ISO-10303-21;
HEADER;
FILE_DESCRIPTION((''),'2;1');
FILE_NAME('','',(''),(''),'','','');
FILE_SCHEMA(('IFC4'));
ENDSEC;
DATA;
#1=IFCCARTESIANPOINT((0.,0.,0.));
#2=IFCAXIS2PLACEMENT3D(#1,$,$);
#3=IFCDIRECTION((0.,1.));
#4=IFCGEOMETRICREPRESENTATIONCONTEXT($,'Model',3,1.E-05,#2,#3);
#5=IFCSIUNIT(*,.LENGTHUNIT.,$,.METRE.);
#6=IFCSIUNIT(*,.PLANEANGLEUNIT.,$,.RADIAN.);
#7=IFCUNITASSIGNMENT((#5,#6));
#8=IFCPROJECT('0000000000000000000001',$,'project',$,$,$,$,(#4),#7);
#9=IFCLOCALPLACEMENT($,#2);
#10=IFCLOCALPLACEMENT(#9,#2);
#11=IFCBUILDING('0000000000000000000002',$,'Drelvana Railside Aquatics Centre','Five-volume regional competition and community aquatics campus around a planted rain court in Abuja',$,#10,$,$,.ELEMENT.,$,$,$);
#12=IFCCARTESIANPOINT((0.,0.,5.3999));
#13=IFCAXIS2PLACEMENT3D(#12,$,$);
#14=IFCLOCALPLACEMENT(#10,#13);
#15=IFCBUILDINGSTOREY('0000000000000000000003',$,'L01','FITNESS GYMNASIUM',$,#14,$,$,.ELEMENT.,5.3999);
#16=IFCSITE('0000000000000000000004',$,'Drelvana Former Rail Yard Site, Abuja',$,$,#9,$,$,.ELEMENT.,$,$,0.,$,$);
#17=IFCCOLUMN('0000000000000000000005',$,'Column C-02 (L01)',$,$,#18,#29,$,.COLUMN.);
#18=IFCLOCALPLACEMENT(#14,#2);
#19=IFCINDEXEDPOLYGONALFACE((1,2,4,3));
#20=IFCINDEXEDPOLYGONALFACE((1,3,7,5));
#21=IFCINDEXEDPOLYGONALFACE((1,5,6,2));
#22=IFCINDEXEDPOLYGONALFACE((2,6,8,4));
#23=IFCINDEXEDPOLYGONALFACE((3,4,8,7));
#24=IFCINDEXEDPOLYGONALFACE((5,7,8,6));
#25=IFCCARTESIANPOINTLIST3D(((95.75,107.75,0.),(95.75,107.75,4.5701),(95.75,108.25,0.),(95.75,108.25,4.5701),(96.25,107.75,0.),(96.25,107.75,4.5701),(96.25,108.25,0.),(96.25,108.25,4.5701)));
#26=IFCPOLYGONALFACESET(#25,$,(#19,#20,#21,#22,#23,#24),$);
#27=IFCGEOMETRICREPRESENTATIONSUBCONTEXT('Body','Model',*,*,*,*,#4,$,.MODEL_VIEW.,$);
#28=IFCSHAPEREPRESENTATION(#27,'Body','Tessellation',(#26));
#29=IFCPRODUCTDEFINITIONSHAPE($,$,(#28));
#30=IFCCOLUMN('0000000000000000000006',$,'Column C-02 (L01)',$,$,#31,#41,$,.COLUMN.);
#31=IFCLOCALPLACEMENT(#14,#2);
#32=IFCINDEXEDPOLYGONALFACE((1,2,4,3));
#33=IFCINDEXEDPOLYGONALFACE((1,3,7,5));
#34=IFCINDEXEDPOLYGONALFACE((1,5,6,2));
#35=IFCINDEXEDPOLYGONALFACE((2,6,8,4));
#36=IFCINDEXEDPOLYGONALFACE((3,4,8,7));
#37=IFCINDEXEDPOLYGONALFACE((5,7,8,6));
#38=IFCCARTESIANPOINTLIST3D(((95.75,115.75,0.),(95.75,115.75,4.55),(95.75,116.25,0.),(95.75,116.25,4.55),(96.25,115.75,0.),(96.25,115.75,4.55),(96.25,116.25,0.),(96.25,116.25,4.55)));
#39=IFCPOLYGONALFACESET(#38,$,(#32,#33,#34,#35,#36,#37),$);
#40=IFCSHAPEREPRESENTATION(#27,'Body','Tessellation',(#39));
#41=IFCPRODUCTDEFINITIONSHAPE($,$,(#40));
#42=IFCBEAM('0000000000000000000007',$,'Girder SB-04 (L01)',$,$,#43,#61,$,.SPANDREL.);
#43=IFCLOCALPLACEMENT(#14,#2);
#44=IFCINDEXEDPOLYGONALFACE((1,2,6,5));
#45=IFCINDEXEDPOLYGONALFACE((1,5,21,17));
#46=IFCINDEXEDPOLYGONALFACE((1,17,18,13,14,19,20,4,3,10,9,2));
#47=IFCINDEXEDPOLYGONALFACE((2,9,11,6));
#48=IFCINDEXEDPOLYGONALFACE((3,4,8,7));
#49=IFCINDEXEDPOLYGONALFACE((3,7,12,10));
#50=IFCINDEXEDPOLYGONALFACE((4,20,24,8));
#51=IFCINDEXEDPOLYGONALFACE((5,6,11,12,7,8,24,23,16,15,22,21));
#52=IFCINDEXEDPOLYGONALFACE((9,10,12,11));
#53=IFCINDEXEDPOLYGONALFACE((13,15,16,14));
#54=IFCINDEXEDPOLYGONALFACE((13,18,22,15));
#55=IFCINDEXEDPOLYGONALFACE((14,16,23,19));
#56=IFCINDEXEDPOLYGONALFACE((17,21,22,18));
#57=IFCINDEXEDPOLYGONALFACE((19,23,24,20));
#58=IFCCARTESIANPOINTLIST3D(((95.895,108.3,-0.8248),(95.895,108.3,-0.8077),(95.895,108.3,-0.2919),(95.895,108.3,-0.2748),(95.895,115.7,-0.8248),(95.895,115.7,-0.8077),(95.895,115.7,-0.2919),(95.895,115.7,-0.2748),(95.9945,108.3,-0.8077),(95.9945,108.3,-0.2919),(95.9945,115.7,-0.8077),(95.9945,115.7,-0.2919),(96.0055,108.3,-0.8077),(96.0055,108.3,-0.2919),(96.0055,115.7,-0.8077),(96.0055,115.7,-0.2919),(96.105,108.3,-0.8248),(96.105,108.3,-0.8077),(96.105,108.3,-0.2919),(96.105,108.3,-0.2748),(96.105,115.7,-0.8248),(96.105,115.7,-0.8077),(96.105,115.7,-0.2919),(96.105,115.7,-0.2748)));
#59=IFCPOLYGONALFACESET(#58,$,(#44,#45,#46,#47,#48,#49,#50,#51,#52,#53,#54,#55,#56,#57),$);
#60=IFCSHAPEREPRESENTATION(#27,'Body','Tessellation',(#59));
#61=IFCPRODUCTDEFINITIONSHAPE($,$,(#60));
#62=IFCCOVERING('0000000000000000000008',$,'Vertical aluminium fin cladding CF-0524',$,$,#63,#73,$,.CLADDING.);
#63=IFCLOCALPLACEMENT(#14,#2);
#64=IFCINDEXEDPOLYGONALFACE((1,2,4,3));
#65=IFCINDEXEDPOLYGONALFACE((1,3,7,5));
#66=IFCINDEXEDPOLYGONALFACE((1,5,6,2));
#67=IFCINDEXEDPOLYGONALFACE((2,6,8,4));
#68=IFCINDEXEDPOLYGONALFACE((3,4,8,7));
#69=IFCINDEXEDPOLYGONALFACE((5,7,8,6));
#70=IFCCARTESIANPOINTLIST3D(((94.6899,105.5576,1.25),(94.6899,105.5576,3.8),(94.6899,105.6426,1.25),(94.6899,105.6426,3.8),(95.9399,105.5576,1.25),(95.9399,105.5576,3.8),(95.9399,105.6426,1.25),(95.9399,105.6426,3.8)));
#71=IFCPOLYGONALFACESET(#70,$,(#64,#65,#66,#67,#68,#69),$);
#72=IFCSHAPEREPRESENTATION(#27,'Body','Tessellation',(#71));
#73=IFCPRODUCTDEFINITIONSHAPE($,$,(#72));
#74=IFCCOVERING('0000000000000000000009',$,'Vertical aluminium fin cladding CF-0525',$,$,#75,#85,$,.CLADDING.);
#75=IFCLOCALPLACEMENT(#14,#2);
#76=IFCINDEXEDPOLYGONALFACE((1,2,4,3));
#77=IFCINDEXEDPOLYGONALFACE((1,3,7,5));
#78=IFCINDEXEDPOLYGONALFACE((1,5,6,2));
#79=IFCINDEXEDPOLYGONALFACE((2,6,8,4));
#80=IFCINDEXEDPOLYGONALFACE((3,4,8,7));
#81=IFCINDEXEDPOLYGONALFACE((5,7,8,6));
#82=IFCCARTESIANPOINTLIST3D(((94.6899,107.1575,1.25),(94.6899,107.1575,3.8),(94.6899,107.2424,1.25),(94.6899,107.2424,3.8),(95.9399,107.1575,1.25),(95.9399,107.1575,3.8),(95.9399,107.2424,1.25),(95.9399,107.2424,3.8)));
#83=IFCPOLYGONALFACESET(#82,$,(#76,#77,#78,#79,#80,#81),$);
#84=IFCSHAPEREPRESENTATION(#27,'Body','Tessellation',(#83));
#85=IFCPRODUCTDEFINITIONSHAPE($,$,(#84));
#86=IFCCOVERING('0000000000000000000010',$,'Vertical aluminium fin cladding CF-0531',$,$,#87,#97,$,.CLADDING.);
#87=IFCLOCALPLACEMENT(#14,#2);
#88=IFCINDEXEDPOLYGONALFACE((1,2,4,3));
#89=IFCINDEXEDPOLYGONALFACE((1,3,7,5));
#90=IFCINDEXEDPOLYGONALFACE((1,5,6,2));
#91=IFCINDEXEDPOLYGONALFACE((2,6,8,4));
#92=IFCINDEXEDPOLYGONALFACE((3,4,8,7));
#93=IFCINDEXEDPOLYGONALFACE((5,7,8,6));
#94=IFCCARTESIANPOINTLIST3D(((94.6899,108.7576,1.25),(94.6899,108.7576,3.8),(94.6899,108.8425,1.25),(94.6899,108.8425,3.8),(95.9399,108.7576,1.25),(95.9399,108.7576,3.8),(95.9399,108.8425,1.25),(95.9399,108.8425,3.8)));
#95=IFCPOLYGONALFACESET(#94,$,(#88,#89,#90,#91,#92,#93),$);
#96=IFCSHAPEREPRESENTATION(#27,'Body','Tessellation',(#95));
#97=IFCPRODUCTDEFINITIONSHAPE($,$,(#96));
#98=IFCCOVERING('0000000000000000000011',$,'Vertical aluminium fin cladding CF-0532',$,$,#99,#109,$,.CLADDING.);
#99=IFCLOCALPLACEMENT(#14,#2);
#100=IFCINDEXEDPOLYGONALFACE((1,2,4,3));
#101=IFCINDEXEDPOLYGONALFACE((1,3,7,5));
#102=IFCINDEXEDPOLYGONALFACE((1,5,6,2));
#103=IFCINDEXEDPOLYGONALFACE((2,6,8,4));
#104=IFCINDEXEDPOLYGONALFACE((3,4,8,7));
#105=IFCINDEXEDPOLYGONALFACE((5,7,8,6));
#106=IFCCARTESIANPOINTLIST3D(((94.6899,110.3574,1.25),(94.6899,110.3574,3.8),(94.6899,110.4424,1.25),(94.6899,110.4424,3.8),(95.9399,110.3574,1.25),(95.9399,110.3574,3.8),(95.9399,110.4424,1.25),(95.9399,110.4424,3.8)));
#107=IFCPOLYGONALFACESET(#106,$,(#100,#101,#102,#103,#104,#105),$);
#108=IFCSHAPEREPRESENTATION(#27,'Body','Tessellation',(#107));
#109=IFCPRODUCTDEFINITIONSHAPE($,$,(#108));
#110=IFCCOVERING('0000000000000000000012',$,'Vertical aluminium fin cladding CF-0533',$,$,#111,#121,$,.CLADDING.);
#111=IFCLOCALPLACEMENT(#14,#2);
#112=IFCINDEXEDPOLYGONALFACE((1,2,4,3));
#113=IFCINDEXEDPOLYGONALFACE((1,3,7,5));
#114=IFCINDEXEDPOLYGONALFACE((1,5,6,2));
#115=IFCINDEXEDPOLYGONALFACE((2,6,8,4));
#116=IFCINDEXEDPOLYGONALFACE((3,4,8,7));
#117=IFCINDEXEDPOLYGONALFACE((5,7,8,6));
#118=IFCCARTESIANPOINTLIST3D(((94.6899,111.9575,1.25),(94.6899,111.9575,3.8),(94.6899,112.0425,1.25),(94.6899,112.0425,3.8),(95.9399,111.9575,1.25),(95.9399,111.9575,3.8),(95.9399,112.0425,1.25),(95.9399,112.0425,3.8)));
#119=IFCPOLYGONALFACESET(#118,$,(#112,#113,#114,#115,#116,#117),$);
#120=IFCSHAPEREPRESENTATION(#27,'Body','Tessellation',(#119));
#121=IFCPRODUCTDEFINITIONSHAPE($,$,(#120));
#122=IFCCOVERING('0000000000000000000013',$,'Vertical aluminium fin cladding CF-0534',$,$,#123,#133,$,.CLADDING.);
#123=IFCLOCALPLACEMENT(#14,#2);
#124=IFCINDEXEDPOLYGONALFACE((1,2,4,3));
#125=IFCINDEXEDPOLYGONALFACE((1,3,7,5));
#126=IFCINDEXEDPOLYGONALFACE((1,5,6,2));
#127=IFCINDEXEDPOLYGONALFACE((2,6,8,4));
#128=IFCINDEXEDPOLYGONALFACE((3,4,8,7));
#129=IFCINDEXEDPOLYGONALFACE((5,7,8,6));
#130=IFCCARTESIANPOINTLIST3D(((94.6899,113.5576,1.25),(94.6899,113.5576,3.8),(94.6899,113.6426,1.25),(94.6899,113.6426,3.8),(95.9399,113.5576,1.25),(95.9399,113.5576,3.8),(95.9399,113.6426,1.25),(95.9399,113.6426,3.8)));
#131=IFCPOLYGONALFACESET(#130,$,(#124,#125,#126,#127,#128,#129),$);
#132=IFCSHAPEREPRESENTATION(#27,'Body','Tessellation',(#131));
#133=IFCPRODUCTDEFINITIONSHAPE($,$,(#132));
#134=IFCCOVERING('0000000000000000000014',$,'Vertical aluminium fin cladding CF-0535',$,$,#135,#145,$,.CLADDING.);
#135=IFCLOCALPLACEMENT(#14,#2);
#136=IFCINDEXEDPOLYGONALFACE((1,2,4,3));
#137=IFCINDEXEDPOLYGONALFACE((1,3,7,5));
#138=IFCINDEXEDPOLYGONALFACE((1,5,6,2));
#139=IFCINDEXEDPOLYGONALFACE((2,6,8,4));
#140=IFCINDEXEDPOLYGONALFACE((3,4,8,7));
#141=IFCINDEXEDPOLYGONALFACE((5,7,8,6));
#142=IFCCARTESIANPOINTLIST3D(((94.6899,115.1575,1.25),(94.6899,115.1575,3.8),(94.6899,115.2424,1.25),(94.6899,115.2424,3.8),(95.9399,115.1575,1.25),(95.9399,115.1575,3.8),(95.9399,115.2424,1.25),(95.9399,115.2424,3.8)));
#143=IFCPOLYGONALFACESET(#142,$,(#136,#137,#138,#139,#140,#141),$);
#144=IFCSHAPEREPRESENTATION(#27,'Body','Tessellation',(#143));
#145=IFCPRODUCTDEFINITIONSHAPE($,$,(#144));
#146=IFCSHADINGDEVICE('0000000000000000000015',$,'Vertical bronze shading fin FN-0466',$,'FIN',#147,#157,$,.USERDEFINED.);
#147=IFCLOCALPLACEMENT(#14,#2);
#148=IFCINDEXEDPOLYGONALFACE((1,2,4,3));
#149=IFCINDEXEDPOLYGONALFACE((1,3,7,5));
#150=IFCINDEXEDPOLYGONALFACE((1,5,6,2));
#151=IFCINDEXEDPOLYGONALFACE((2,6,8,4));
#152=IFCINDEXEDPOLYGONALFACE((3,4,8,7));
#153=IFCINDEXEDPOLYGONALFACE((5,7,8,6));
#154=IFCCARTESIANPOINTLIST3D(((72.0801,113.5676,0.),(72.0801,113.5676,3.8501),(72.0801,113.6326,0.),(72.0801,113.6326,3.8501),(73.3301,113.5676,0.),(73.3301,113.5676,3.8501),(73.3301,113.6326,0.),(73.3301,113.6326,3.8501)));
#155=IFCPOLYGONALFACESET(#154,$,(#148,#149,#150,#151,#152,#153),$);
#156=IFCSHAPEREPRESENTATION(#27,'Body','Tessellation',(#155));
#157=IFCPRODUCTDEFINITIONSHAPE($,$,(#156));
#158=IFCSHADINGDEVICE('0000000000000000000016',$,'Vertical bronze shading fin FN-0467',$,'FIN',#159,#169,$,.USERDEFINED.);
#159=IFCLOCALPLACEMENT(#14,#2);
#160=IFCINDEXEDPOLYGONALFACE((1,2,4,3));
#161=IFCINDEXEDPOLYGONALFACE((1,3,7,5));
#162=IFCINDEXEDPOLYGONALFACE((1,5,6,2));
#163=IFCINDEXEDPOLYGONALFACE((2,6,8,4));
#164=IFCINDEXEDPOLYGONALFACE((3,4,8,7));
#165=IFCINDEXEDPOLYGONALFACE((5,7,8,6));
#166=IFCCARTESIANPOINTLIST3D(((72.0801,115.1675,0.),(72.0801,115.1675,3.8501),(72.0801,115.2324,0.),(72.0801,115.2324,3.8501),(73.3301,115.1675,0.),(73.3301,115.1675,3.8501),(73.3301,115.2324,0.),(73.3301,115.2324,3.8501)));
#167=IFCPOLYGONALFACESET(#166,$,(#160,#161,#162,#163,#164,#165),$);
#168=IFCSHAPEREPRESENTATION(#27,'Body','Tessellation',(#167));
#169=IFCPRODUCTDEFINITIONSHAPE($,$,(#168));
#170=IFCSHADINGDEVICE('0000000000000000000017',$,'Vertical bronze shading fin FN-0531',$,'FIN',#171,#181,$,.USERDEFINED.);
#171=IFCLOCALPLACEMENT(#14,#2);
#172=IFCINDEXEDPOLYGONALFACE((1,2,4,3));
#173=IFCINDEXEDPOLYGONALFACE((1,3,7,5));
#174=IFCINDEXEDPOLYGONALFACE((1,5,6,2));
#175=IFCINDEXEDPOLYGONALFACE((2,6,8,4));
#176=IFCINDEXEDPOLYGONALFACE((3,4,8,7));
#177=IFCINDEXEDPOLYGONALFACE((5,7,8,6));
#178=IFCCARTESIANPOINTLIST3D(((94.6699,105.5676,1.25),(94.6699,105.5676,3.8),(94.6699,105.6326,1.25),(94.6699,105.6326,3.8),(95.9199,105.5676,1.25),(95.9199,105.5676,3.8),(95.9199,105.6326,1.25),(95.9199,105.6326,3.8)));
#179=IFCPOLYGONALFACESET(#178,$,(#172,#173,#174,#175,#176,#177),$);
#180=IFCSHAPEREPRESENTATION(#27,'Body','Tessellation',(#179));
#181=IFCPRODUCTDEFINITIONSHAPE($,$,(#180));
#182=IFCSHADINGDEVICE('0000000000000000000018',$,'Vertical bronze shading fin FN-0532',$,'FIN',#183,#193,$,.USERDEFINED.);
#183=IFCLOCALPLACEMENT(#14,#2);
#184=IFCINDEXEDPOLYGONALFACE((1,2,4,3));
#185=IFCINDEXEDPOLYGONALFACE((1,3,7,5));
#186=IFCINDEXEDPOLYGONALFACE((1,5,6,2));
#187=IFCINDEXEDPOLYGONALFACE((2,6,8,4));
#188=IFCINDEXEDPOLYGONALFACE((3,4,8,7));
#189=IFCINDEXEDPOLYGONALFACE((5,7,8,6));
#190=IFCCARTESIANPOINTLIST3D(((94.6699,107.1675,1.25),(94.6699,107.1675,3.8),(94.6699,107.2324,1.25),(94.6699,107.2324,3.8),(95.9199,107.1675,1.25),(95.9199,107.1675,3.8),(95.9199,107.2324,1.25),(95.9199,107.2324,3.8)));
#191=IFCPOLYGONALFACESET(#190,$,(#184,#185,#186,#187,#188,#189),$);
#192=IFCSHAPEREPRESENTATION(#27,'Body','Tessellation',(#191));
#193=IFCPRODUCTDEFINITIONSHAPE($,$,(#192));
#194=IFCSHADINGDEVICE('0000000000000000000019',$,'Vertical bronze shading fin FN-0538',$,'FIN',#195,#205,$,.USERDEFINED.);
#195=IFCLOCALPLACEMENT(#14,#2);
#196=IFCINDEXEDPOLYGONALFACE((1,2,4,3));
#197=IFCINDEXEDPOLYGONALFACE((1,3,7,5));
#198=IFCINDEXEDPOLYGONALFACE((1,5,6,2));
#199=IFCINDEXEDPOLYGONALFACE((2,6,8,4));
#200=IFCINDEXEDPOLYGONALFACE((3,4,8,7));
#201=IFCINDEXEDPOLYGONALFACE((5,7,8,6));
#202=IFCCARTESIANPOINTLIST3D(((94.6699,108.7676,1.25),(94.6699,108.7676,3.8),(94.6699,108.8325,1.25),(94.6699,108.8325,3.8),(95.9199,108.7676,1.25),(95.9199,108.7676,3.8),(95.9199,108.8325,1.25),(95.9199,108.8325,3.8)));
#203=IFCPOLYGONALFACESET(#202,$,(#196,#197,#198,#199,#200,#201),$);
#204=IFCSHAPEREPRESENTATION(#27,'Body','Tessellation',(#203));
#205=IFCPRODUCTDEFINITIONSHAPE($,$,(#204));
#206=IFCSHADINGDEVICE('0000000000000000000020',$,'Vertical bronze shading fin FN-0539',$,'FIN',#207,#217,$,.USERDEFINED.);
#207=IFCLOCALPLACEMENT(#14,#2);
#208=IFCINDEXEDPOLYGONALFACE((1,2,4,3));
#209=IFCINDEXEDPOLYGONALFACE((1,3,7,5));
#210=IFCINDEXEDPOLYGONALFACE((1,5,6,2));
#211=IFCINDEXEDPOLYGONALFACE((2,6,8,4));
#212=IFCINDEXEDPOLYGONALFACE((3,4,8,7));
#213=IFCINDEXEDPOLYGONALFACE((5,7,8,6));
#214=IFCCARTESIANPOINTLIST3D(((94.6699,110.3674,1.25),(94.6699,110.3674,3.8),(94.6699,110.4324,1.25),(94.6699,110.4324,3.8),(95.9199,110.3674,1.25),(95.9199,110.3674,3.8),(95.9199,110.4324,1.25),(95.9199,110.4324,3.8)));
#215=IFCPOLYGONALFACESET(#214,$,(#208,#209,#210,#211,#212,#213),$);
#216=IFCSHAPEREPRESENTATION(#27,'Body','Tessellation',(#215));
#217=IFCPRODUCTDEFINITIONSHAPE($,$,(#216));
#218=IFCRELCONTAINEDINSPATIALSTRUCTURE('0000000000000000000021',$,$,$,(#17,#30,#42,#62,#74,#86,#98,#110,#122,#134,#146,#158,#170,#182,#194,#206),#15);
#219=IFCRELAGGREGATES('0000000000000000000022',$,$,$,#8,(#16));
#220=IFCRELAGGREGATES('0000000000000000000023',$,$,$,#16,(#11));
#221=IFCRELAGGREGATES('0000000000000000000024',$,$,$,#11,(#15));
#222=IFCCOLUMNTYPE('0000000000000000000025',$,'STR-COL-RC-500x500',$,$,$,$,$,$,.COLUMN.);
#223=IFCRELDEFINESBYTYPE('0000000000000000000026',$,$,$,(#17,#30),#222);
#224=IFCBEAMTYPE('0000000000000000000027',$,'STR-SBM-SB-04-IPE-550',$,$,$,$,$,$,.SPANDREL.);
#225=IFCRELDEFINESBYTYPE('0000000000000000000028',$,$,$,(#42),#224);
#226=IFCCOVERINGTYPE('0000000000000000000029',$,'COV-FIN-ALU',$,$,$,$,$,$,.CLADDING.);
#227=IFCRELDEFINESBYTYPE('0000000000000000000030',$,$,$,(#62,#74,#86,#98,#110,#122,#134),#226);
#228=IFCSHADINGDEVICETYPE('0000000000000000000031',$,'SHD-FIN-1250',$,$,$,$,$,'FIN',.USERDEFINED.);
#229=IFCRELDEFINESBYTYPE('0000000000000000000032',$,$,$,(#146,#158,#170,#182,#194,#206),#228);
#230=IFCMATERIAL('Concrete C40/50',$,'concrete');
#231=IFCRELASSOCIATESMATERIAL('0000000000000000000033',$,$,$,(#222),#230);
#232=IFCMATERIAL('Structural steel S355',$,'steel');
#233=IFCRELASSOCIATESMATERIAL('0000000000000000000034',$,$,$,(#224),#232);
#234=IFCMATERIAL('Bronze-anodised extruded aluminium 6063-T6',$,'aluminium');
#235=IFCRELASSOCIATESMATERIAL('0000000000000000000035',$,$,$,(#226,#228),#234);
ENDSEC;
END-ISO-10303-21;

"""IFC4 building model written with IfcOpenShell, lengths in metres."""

from ifc_helpers import new_model, si_unit, direction, frame, origin, origin_2d, place, context, subcontext, project, spatial, rectangle, i_section, extrude, material, material_profile, profile_set, type_object, element, save


model = new_model("IFC4")

# Units and contexts
model_context = context("Model", 3, precision=1e-05, world=origin(), true_north=direction((0.0, 1.0)))
body_context = subcontext(model_context, "Body", "Model", "MODEL_VIEW")
ifc_project = project(units=[si_unit("LENGTHUNIT", "METRE"), si_unit("PLANEANGLEUNIT", "RADIAN")], contexts=[model_context])

# Site, building, storey
site_placement = place(None, origin())
site = spatial("IfcSite", under=ifc_project, at=site_placement, Name="Drelvana Former Rail Yard Site, Abuja", CompositionType="ELEMENT", RefElevation=0.0)
building_placement = place(site_placement, origin())
building = spatial("IfcBuilding", under=site, at=building_placement, Name="Drelvana Railside Aquatics Centre", Description="Five-volume regional competition and community aquatics campus around a planted rain court in Abuja", CompositionType="ELEMENT")
storey_placement = place(building_placement, frame((0.0, 0.0, 5.3999)))
storey = spatial("IfcBuildingStorey", under=building, at=storey_placement, Name="L01", Description="FITNESS GYMNASIUM", CompositionType="ELEMENT", Elevation=5.3999)

# Columns
ifc_material_1 = material(Name="Concrete C40/50", Category="concrete")
ifc_material_profile_1 = material_profile(ifc_material_1, rectangle(XDim=0.5, YDim=0.5, at=origin_2d()), Name="RC 500x500")
ifc_profile_set_1 = profile_set([ifc_material_profile_1], Name="Concrete C40/50")
column_type = type_object("IfcColumnType", Name="STR-COL-RC-500x500", PredefinedType="COLUMN", material=ifc_profile_set_1)
column_1_placement = place(storey_placement, frame((96.0, 108.0, 0.0), z_axis=(0.0, 0.0, 1.0), x_axis=(1.0, 0.0, 0.0)))
element("IfcColumn", 1, at=column_1_placement, inside=storey, type_object=column_type, Name="Column C-02 (L01)", PredefinedType="COLUMN", context=body_context, shape_type="SweptSolid", body=[
    extrude(rectangle(XDim=0.5, YDim=0.5, at=origin_2d()), origin(), (0.0, 0.0, 1.0), 4.5701),
])
column_2_placement = place(storey_placement, frame((96.0, 116.0, 0.0), z_axis=(0.0, 0.0, 1.0), x_axis=(1.0, 0.0, 0.0)))
element("IfcColumn", 2, at=column_2_placement, inside=storey, type_object=column_type, Name="Column C-02 (L01)", PredefinedType="COLUMN", context=body_context, shape_type="SweptSolid", body=[
    extrude(rectangle(XDim=0.5, YDim=0.5, at=origin_2d()), origin(), (0.0, 0.0, 1.0), 4.55),
])

# Beam
ifc_material_2 = material(Name="Structural steel S355", Category="steel")
ifc_material_profile_2 = material_profile(ifc_material_2, i_section(OverallWidth=0.21, OverallDepth=0.55, WebThickness=0.011, FlangeThickness=0.0171, at=origin_2d()), Name="IPE 550")
ifc_profile_set_2 = profile_set([ifc_material_profile_2], Name="Structural steel S355")
beam_type = type_object("IfcBeamType", Name="STR-SBM-SB-04-IPE-550", PredefinedType="SPANDREL", material=ifc_profile_set_2)
beam_placement = place(storey_placement, frame((96.0, 108.3, -0.5498), z_axis=(0.0, 1.0, 0.0), x_axis=(-1.0, 0.0, 0.0)))
element("IfcBeam", 3, at=beam_placement, inside=storey, type_object=beam_type, Name="Girder SB-04 (L01)", PredefinedType="SPANDREL", context=body_context, shape_type="SweptSolid", body=[
    extrude(i_section(OverallWidth=0.21, OverallDepth=0.55, WebThickness=0.011, FlangeThickness=0.0171, at=origin_2d()), origin(), (0.0, 0.0, 1.0), 7.3999),
])

# Coverings
ifc_material_3 = material(Name="Bronze-anodised extruded aluminium 6063-T6", Category="aluminium")
covering_type = type_object("IfcCoveringType", Name="COV-FIN-ALU", PredefinedType="CLADDING", material=ifc_material_3)
for number, where, z_axis, x_axis, name in (
    (4, (95.3149, 105.6001, 1.25), (0.0, 0.0, 1.0), (0.0, 1.0, 0.0), "Vertical aluminium fin cladding CF-0524"),
    (5, (95.3149, 107.2, 1.25), (0.0, 0.0, 1.0), (0.0, 1.0, 0.0), "Vertical aluminium fin cladding CF-0525"),
    (6, (95.3149, 108.8, 1.25), (0.0, 0.0, 1.0), (0.0, 1.0, 0.0), "Vertical aluminium fin cladding CF-0531"),
    (7, (95.3149, 110.3999, 1.25), (0.0, 0.0, 1.0), (0.0, 1.0, 0.0), "Vertical aluminium fin cladding CF-0532"),
    (8, (95.3149, 112.0, 1.25), (0.0, 0.0, 1.0), (0.0, 1.0, 0.0), "Vertical aluminium fin cladding CF-0533"),
    (9, (95.3149, 113.6001, 1.25), (0.0, 0.0, 1.0), (0.0, 1.0, 0.0), "Vertical aluminium fin cladding CF-0534"),
    (10, (95.3149, 115.2, 1.25), (0.0, 0.0, 1.0), (0.0, 1.0, 0.0), "Vertical aluminium fin cladding CF-0535"),
):
    element("IfcCovering", number, at=place(storey_placement, frame(where, z_axis=z_axis, x_axis=x_axis)), inside=storey, type_object=covering_type, Name=name, PredefinedType="CLADDING", context=body_context, shape_type="SweptSolid", body=[
        extrude(rectangle(XDim=0.085, YDim=1.25, at=origin_2d()), origin(), (0.0, 0.0, 1.0), 2.55),
    ])

# Shading devices
shading_device_type = type_object("IfcShadingDeviceType", Name="SHD-FIN-1250", ElementType="FIN", PredefinedType="USERDEFINED", material=ifc_material_3)
for number, where, z_axis, x_axis, name in (
    (11, (72.7051, 113.6001, 0.0), (0.0, 0.0, 1.0), (1.0, 0.0, 0.0), "Vertical bronze shading fin FN-0466"),
    (12, (72.7051, 115.2, 0.0), (0.0, 0.0, 1.0), (1.0, 0.0, 0.0), "Vertical bronze shading fin FN-0467"),
):
    element("IfcShadingDevice", number, at=place(storey_placement, frame(where, z_axis=z_axis, x_axis=x_axis)), inside=storey, type_object=shading_device_type, Name=name, ObjectType="FIN", PredefinedType="USERDEFINED", context=body_context, shape_type="SweptSolid", body=[
        extrude(rectangle(XDim=1.25, YDim=0.0649, at=origin_2d()), origin(), (0.0, 0.0, 1.0), 3.8501),
    ])
for number, where, z_axis, x_axis, name in (
    (13, (95.2949, 105.6001, 1.25), (0.0, 0.0, 1.0), (-1.0, 0.0, 0.0), "Vertical bronze shading fin FN-0531"),
    (14, (95.2949, 107.2, 1.25), (0.0, 0.0, 1.0), (-1.0, 0.0, 0.0), "Vertical bronze shading fin FN-0532"),
    (15, (95.2949, 108.8, 1.25), (0.0, 0.0, 1.0), (-1.0, 0.0, 0.0), "Vertical bronze shading fin FN-0538"),
    (16, (95.2949, 110.3999, 1.25), (0.0, 0.0, 1.0), (-1.0, 0.0, 0.0), "Vertical bronze shading fin FN-0539"),
):
    element("IfcShadingDevice", number, at=place(storey_placement, frame(where, z_axis=z_axis, x_axis=x_axis)), inside=storey, type_object=shading_device_type, Name=name, ObjectType="FIN", PredefinedType="USERDEFINED", context=body_context, shape_type="SweptSolid", body=[
        extrude(rectangle(XDim=1.25, YDim=0.0649, at=origin_2d()), origin(), (0.0, 0.0, 1.0), 2.55),
    ])

save(model, "model.ifc")
